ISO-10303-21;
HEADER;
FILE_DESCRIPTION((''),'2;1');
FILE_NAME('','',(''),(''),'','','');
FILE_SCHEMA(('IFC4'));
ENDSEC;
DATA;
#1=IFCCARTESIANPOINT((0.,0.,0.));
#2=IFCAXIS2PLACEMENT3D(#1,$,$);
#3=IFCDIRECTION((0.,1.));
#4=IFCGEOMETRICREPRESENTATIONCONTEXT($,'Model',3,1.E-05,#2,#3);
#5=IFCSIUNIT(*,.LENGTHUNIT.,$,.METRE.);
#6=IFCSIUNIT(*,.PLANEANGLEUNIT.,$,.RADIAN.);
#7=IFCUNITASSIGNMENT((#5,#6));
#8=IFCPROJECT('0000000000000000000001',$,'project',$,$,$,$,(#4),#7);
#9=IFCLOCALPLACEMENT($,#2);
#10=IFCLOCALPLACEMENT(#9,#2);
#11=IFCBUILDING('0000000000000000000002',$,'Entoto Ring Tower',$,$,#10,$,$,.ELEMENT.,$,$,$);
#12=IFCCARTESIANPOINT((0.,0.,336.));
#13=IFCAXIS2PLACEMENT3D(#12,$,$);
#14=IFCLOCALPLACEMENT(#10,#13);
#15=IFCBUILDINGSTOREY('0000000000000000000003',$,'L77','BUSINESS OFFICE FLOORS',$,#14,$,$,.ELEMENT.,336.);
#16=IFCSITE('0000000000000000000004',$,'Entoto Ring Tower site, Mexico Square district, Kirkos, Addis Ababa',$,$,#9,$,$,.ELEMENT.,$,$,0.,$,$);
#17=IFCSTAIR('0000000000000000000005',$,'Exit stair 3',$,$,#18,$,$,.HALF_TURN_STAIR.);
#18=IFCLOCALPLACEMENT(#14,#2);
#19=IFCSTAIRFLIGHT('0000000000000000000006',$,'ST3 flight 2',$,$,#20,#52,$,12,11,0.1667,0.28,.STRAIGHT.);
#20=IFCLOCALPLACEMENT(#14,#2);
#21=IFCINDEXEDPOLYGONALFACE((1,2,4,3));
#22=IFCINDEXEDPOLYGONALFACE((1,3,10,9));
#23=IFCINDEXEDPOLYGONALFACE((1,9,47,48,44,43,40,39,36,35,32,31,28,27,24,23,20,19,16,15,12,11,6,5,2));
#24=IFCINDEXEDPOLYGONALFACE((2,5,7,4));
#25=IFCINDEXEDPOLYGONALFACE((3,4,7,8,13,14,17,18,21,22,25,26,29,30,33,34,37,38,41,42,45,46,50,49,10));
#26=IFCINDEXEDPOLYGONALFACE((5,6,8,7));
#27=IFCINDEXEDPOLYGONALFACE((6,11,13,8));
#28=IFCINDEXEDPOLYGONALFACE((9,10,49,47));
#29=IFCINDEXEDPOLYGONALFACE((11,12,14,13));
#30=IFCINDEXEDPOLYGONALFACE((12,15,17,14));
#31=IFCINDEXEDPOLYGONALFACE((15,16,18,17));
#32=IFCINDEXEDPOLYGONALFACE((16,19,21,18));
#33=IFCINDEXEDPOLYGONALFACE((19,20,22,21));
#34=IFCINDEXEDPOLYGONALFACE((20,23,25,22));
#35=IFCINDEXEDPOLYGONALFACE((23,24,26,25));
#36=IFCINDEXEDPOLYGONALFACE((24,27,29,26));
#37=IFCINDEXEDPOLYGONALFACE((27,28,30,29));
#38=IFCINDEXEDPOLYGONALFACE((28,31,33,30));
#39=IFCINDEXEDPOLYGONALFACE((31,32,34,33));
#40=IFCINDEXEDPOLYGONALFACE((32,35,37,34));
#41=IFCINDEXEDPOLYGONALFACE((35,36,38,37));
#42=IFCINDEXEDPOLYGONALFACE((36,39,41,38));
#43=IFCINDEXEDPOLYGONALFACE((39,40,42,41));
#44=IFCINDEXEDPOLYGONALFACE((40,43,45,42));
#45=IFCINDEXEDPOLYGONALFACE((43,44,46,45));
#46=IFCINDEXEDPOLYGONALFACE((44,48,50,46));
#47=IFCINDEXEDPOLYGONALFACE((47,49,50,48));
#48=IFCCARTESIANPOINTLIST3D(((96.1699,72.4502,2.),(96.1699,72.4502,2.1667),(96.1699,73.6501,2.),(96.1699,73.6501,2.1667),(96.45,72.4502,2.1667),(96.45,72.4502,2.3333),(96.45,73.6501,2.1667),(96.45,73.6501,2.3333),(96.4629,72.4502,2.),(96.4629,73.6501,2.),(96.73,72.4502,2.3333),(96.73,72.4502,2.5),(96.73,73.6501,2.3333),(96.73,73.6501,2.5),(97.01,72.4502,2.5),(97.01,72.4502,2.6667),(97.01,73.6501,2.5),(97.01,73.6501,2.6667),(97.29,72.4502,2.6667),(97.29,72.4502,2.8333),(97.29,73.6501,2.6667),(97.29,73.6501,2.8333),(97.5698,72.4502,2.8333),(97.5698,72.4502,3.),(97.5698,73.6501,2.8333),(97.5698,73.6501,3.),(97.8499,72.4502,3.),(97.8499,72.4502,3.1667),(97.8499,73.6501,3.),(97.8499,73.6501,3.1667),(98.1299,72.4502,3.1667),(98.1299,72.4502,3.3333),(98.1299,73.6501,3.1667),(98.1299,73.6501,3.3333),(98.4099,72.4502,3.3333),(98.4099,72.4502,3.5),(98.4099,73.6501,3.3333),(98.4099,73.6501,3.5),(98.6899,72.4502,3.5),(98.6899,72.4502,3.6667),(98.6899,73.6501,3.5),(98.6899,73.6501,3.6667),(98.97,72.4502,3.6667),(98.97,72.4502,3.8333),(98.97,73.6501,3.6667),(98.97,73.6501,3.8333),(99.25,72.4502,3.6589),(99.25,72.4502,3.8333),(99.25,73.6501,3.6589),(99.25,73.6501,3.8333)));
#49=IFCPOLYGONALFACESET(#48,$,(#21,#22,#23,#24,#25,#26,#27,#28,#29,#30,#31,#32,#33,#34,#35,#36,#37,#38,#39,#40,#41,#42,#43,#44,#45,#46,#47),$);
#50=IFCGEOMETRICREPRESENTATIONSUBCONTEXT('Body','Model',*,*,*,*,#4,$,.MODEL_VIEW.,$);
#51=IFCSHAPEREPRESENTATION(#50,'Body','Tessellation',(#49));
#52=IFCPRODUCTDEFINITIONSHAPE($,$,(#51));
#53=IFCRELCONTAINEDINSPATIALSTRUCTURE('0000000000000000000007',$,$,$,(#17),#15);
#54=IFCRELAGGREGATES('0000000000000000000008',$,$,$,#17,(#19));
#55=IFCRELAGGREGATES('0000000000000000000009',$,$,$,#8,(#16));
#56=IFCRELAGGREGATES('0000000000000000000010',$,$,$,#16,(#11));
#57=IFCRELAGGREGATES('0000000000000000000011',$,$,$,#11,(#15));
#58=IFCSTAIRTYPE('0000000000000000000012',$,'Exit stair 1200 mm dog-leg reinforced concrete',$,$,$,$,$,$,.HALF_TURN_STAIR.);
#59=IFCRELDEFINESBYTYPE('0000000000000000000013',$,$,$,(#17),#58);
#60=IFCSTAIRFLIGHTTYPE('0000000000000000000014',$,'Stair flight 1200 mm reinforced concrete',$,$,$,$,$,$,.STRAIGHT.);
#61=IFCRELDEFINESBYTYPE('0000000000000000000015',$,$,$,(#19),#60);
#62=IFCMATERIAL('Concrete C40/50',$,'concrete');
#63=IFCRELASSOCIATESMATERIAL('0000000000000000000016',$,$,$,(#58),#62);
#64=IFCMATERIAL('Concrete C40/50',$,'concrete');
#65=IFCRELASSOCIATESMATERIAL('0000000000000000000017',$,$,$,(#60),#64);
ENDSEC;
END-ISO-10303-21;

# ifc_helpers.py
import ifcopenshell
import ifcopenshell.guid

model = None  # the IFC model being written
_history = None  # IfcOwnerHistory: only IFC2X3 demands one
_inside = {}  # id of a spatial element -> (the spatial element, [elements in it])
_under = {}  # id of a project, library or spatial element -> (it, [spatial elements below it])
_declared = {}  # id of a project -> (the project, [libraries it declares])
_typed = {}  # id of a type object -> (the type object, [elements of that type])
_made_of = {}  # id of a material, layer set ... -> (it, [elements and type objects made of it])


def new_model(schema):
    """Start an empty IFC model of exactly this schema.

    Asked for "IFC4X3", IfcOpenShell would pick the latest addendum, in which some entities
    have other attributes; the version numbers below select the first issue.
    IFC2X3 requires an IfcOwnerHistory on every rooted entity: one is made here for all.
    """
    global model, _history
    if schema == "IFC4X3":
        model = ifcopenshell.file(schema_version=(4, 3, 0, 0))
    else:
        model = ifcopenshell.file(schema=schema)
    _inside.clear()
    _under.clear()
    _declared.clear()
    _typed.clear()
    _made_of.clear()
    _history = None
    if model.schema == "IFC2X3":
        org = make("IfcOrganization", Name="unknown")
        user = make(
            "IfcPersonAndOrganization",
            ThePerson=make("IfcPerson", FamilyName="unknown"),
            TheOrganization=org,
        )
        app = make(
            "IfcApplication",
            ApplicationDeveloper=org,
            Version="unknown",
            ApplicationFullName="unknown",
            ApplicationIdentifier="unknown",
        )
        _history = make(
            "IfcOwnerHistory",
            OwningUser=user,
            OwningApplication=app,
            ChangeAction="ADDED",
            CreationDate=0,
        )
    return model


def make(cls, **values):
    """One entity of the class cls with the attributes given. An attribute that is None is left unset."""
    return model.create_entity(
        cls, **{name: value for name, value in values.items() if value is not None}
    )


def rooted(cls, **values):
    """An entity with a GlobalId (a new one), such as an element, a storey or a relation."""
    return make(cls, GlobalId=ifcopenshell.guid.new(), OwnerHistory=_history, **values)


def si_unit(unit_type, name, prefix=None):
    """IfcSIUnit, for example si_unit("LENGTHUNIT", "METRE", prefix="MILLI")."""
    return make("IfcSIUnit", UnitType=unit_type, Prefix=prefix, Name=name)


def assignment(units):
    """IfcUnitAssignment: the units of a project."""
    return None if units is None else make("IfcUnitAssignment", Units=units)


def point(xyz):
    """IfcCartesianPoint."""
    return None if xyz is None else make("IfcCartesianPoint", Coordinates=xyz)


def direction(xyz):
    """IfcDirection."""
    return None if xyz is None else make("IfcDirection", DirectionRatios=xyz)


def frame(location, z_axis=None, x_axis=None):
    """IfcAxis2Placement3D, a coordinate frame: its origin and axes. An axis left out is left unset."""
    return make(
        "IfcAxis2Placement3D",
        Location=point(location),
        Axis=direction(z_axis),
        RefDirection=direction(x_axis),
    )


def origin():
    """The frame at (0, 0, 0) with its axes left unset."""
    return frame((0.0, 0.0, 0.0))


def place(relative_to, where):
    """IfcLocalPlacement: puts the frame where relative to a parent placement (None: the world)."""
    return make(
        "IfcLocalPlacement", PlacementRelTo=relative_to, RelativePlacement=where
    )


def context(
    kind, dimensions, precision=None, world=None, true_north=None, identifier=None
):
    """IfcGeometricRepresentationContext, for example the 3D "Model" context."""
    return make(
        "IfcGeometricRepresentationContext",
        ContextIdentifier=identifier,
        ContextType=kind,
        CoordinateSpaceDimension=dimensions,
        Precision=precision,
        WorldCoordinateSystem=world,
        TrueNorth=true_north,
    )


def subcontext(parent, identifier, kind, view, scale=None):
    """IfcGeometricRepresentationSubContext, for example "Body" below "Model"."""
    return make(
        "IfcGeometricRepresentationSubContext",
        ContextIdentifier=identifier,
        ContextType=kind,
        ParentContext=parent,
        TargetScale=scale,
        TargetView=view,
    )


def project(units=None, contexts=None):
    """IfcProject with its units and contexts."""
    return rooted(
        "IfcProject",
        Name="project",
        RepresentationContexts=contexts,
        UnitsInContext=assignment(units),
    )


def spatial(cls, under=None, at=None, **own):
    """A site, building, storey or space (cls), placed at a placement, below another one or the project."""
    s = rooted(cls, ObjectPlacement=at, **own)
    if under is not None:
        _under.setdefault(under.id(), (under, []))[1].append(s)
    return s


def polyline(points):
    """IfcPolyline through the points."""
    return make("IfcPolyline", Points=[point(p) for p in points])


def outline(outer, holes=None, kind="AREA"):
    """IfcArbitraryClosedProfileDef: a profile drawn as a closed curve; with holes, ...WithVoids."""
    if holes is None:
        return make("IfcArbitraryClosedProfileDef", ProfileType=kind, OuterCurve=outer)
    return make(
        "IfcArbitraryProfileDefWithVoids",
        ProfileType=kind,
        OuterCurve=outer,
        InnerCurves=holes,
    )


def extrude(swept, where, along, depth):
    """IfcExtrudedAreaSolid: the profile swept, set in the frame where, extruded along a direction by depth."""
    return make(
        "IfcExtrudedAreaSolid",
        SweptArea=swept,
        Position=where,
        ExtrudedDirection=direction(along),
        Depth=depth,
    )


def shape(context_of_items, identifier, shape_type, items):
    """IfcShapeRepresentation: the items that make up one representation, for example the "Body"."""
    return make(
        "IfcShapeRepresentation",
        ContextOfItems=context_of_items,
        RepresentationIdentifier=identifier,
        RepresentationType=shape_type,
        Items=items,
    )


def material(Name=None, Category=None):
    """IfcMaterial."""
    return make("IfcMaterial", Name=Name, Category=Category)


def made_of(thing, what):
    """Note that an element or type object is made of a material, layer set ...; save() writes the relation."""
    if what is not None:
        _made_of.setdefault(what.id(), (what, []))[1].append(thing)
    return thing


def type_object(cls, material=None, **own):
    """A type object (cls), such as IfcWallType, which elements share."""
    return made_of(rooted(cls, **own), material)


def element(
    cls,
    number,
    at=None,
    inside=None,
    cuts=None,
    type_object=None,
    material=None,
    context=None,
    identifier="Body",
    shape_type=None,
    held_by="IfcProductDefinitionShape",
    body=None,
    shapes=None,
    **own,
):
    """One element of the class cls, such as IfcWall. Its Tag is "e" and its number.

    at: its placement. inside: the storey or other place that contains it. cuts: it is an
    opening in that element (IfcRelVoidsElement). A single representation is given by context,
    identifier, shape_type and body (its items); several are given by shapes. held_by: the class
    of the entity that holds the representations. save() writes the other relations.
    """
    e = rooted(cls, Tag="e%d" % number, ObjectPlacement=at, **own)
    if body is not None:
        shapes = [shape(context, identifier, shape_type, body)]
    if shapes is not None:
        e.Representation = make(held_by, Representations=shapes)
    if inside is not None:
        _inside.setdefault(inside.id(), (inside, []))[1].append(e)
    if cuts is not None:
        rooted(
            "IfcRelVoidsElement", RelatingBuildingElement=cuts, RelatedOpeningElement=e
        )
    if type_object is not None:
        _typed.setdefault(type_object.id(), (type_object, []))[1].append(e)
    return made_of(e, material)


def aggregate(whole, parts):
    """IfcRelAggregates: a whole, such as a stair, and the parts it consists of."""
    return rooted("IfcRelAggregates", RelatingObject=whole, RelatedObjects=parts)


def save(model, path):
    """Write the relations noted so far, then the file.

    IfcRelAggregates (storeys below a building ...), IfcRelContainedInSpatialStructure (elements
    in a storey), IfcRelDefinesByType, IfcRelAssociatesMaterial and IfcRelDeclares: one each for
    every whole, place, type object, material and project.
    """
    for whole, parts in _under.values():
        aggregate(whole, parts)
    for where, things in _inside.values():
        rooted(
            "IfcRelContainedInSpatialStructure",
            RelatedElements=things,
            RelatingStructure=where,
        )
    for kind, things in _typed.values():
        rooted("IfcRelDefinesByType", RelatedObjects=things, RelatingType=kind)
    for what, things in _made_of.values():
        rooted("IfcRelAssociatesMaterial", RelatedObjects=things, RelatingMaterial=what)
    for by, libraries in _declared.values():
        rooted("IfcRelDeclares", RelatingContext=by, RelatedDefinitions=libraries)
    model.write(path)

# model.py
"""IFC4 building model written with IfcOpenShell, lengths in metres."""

from ifc_helpers import new_model, si_unit, direction, frame, origin, place, context, subcontext, project, spatial, polyline, outline, extrude, material, type_object, element, aggregate, save


model = new_model("IFC4")

# Units and contexts
model_context = context("Model", 3, precision=1e-05, world=origin(), true_north=direction((0.0, 1.0)))
body_context = subcontext(model_context, "Body", "Model", "MODEL_VIEW")
ifc_project = project(units=[si_unit("LENGTHUNIT", "METRE"), si_unit("PLANEANGLEUNIT", "RADIAN")], contexts=[model_context])

# Site, building, storey
site_placement = place(None, origin())
site = spatial("IfcSite", under=ifc_project, at=site_placement, Name="Entoto Ring Tower site, Mexico Square district, Kirkos, Addis Ababa", CompositionType="ELEMENT", RefElevation=0.0)
building_placement = place(site_placement, origin())
building = spatial("IfcBuilding", under=site, at=building_placement, Name="Entoto Ring Tower", CompositionType="ELEMENT")
storey_placement = place(building_placement, frame((0.0, 0.0, 336.0)))
storey = spatial("IfcBuildingStorey", under=building, at=storey_placement, Name="L77", Description="BUSINESS OFFICE FLOORS", CompositionType="ELEMENT", Elevation=336.0)

# Stair, stair flight
ifc_material_1 = material(Name="Concrete C40/50", Category="concrete")
stair_type = type_object("IfcStairType", Name="Exit stair 1200 mm dog-leg reinforced concrete", PredefinedType="HALF_TURN_STAIR", material=ifc_material_1)
stair_placement = place(storey_placement, origin())
stair = element("IfcStair", 1, at=stair_placement, inside=storey, type_object=stair_type, Name="Exit stair 3", PredefinedType="HALF_TURN_STAIR")
ifc_material_2 = material(Name="Concrete C40/50", Category="concrete")
stair_flight_type = type_object("IfcStairFlightType", Name="Stair flight 1200 mm reinforced concrete", PredefinedType="STRAIGHT", material=ifc_material_2)
stair_flight_1_placement = place(storey_placement, frame((96.1699, 73.05, 2.0), z_axis=(0.0, 0.0, 1.0), x_axis=(1.0, 0.0, 0.0)))
stair_flight_1 = element("IfcStairFlight", 2, at=stair_flight_1_placement, type_object=stair_flight_type, Name="ST3 flight 2", NumberOfRisers=12, NumberOfTreads=11, PredefinedType="STRAIGHT", RiserHeight=0.1667, TreadLength=0.28, context=body_context, shape_type="SweptSolid", body=[
    extrude(outline(polyline([(0.0, 0.0), (0.0, 0.1667), (0.28, 0.1667), (0.28, 0.3333), (0.5601, 0.3333), (0.5601, 0.5), (0.8401, 0.5), (0.8401, 0.6667), (1.1201, 0.6667), (1.1201, 0.8333), (1.3999, 0.8333), (1.3999, 1.0), (1.6799, 1.0), (1.6799, 1.1667), (1.96, 1.1667), (1.96, 1.3333), (2.24, 1.3333), (2.24, 1.5), (2.52, 1.5), (2.52, 1.6667), (2.8, 1.6667), (2.8, 1.8333), (3.0801, 1.8333), (3.0801, 2.0), (3.0801, 1.6589), (0.293, 0.0), (0.0, 0.0)])), frame((0.0, 0.6001, 0.0), z_axis=(0.0, -1.0, 0.0), x_axis=(1.0, 0.0, 0.0)), (0.0, 0.0, 1.0), 1.2),
])
aggregate(stair, [stair_flight_1])

save(model, "model.ifc")
